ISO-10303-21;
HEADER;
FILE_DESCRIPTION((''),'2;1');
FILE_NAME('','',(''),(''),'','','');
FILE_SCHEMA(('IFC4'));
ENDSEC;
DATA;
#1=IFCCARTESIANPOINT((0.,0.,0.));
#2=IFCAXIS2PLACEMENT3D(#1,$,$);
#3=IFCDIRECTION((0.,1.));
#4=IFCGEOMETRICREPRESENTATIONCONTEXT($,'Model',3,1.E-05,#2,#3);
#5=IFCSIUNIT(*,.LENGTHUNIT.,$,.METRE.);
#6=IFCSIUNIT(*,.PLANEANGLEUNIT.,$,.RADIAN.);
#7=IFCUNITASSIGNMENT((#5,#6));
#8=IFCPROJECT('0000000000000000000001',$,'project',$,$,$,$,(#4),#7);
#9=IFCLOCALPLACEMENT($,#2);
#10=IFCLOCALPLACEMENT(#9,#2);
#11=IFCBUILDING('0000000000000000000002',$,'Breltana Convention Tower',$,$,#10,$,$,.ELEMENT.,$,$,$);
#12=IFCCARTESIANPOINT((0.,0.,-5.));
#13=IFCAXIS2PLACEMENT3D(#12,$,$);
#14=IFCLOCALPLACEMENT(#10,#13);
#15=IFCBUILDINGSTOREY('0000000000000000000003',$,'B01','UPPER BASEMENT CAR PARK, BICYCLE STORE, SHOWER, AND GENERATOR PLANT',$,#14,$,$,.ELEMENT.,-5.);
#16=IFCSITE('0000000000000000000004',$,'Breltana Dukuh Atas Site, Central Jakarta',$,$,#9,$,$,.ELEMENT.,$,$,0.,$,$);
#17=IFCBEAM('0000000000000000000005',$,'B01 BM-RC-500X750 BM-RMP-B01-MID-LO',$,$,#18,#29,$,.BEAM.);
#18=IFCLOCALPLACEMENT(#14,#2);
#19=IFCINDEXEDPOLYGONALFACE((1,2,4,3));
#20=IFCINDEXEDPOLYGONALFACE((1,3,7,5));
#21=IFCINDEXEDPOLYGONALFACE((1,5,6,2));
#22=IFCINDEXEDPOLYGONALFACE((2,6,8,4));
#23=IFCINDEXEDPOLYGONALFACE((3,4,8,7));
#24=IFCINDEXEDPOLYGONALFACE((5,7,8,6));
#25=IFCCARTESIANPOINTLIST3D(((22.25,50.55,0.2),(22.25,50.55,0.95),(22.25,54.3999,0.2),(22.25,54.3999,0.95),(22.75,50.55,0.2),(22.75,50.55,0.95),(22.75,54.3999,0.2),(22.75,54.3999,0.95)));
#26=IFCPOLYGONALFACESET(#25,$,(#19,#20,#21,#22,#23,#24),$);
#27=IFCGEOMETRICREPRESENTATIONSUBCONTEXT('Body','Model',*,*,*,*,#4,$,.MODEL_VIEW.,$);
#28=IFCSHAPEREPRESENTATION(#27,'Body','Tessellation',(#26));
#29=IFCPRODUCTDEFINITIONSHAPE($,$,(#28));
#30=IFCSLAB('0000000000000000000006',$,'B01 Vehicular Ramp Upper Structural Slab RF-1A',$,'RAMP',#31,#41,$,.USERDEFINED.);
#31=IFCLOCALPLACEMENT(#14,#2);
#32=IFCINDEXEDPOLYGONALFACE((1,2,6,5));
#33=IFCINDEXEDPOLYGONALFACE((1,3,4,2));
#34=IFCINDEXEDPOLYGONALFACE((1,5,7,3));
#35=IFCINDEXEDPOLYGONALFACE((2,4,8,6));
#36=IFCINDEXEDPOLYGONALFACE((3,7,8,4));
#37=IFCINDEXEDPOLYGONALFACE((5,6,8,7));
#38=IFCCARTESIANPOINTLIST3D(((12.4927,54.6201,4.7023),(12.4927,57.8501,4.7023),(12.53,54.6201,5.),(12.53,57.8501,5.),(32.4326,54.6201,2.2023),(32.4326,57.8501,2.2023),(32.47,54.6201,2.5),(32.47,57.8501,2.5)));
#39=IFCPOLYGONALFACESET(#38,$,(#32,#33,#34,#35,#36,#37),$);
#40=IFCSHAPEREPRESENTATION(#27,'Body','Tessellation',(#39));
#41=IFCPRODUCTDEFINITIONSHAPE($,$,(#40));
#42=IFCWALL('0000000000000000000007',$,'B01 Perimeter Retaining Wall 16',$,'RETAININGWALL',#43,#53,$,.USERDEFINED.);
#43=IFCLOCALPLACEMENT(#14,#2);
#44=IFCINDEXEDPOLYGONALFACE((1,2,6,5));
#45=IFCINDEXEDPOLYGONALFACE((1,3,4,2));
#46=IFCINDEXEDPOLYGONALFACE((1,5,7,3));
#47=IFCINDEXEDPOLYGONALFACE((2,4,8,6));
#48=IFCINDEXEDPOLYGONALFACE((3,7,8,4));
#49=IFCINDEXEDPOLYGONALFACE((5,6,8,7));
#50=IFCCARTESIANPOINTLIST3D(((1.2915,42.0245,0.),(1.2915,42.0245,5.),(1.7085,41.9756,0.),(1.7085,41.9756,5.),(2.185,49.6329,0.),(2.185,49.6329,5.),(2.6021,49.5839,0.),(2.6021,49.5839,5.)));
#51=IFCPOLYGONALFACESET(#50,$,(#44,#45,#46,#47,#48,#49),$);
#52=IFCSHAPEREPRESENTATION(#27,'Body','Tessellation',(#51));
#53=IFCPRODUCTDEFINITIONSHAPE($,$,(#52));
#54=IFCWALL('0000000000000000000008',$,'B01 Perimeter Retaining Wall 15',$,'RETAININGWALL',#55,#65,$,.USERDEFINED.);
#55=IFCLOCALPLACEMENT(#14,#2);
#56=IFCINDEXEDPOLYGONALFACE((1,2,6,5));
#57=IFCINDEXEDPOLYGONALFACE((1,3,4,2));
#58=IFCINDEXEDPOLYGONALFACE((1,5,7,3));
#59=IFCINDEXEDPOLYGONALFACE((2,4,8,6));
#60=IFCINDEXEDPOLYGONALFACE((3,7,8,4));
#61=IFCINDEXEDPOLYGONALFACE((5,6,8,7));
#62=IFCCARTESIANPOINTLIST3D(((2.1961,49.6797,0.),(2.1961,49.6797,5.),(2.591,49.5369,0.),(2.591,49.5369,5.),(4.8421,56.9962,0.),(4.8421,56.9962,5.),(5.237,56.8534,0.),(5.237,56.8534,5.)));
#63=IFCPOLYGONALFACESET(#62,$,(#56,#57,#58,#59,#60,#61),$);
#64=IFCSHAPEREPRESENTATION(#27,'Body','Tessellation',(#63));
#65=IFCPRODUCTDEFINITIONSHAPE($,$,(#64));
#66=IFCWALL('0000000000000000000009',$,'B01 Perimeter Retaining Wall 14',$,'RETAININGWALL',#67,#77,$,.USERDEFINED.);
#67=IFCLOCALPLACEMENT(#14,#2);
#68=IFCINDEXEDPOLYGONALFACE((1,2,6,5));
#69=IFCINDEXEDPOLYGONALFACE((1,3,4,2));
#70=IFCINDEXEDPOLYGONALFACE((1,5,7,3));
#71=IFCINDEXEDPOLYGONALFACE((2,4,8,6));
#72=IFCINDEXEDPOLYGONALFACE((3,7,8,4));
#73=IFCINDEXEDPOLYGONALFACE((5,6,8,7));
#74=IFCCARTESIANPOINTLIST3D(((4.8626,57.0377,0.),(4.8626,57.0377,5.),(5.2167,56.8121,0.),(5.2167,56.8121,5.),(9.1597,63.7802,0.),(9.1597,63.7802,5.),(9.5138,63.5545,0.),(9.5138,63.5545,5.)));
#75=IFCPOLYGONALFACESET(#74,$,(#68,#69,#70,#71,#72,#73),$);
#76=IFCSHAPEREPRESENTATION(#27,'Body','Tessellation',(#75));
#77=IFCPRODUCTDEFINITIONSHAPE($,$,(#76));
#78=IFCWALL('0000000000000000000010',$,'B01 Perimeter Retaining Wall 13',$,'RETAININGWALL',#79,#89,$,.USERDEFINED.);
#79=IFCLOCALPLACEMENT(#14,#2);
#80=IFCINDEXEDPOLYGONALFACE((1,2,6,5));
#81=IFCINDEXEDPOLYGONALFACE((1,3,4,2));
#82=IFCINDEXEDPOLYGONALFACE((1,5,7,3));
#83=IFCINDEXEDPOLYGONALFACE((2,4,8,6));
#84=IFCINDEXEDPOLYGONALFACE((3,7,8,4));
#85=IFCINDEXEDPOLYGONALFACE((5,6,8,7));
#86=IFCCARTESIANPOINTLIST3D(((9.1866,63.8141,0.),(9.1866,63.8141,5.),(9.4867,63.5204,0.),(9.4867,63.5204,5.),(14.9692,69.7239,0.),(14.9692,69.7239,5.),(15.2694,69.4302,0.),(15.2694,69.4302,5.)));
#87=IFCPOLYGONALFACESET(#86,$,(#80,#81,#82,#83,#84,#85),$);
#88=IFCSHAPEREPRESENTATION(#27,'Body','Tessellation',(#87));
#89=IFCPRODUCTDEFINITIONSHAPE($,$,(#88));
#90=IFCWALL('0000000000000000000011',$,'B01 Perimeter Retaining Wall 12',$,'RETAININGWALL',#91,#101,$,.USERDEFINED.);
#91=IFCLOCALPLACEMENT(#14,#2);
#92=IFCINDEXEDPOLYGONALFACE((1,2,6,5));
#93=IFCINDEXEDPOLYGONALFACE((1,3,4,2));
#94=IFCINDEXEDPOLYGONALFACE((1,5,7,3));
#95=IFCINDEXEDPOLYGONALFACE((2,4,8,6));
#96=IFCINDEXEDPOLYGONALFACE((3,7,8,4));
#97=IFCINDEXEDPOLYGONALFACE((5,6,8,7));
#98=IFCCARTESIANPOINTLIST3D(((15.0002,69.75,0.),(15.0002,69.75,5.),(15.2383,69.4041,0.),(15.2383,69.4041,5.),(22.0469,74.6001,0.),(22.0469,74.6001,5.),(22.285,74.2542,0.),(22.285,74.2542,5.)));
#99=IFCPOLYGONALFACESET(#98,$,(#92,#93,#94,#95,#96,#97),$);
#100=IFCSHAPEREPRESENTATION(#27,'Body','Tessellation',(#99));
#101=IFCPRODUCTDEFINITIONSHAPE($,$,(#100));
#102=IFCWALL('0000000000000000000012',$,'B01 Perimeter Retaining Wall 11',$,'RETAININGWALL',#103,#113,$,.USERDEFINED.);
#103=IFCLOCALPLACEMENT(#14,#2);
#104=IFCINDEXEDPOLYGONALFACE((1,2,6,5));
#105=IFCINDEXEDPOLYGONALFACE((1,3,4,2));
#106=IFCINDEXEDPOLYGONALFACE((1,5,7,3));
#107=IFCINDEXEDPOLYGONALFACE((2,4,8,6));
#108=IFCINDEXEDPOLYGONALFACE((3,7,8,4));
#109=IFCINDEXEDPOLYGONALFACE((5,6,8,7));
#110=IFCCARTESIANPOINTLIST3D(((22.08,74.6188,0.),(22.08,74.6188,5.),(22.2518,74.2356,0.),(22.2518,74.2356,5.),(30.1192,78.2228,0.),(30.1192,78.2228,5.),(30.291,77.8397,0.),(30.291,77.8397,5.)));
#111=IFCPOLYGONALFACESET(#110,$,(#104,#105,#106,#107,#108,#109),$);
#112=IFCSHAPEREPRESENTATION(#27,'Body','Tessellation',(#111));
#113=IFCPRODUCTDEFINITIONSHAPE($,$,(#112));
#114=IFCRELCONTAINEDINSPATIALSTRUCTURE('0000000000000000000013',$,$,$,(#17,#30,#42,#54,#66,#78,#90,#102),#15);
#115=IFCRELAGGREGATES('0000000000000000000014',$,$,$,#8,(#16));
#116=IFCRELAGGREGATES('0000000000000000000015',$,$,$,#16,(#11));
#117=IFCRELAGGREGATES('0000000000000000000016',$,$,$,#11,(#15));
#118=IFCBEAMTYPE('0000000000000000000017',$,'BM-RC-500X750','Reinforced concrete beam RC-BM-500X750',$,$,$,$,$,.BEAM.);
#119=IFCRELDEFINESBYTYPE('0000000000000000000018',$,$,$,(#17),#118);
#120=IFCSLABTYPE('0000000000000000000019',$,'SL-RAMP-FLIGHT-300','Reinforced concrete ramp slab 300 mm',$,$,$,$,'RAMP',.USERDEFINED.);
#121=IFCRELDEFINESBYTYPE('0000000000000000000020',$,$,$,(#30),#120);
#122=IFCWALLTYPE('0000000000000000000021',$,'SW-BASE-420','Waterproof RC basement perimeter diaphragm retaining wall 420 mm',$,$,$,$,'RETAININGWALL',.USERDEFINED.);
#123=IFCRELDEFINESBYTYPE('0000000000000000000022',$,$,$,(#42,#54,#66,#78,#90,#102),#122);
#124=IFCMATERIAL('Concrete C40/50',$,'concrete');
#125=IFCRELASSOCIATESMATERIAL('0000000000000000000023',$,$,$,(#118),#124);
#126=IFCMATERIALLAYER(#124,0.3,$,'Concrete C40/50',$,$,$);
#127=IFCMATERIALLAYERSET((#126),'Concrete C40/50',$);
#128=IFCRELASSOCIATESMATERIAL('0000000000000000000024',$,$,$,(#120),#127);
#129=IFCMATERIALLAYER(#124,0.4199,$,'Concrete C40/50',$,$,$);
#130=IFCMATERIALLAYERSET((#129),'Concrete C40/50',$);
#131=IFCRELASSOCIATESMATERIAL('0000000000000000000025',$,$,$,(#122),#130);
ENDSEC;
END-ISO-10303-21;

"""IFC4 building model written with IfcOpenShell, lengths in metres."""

from ifc_helpers import new_model, si_unit, direction, frame, frame_2d, origin, origin_2d, place, context, subcontext, project, spatial, polyline, rectangle, outline, extrude, source, transform, mapped, material, layer, layer_set, material_profile, profile_set, type_object, element, save


model = new_model("IFC4")

# Units and contexts
model_context = context("Model", 3, precision=1e-05, world=origin(), true_north=direction((0.0, 1.0)))
body_context = subcontext(model_context, "Body", "Model", "MODEL_VIEW")
ifc_project = project(units=[si_unit("LENGTHUNIT", "METRE"), si_unit("PLANEANGLEUNIT", "RADIAN")], contexts=[model_context])

# Site, building, storey
site_placement = place(None, origin())
site = spatial("IfcSite", under=ifc_project, at=site_placement, Name="Breltana Dukuh Atas Site, Central Jakarta", CompositionType="ELEMENT", RefElevation=0.0)
building_placement = place(site_placement, origin())
building = spatial("IfcBuilding", under=site, at=building_placement, Name="Breltana Convention Tower", CompositionType="ELEMENT")
storey_placement = place(building_placement, frame((0.0, 0.0, -5.0)))
storey = spatial("IfcBuildingStorey", under=building, at=storey_placement, Name="B01", Description="UPPER BASEMENT CAR PARK, BICYCLE STORE, SHOWER, AND GENERATOR PLANT", CompositionType="ELEMENT", Elevation=-5.0)

# Beam
ifc_material_1 = material(Name="Concrete C40/50", Category="concrete")
ifc_material_profile_1 = material_profile(ifc_material_1, rectangle(XDim=0.5, YDim=0.75, at=origin_2d()), Name="RC-BM-500X750")
ifc_profile_set_1 = profile_set([ifc_material_profile_1], Name="Concrete C40/50")
beam_type_1 = type_object("IfcBeamType", Name="BM-RC-500X750", Description="Reinforced concrete beam RC-BM-500X750", PredefinedType="BEAM", material=ifc_profile_set_1)
shared_shape_1 = source(origin(), body_context, "Body", "SweptSolid", [
    extrude(rectangle(XDim=0.5, YDim=0.75, at=origin_2d()), origin(), (0.0, 0.0, 1.0), 3.8499),
])
beam_1_placement = place(storey_placement, frame((22.5, 50.55, 0.575), z_axis=(0.0, 1.0, 0.0), x_axis=(-1.0, 0.0, 0.0)))
element("IfcBeam", 1, at=beam_1_placement, inside=storey, type_object=beam_type_1, Name="B01 BM-RC-500X750 BM-RMP-B01-MID-LO", PredefinedType="BEAM", context=body_context, shape_type="MappedRepresentation", body=[
    mapped(shared_shape_1, transform((0.0, 0.0, 0.0), scale=1.0)),
])

# Slab
ifc_layer_1 = layer(ifc_material_1, 0.3, Name="Concrete C40/50")
ifc_layer_set_1 = layer_set([ifc_layer_1], Name="Concrete C40/50")
slab_type = type_object("IfcSlabType", Name="SL-RAMP-FLIGHT-300", Description="Reinforced concrete ramp slab 300 mm", ElementType="RAMP", PredefinedType="USERDEFINED", material=ifc_layer_set_1)
slab_placement = place(storey_placement, frame((12.53, 54.6201, 5.0), z_axis=(0.124403, 0.0, 0.992232), x_axis=(0.992232, 0.0, -0.124403)))
element("IfcSlab", 2, at=slab_placement, inside=storey, type_object=slab_type, Name="B01 Vehicular Ramp Upper Structural Slab RF-1A", ObjectType="RAMP", PredefinedType="USERDEFINED", context=body_context, shape_type="SweptSolid", body=[
    extrude(outline(polyline([(0.0, 0.0), (20.0961, 0.0), (20.0961, 3.23), (0.0, 3.23), (0.0, 0.0)])), origin(), (0.0, 0.0, -1.0), 0.3),
])

# Walls
ifc_layer_2 = layer(ifc_material_1, 0.4199, Name="Concrete C40/50")
ifc_layer_set_2 = layer_set([ifc_layer_2], Name="Concrete C40/50")
wall_type = type_object("IfcWallType", Name="SW-BASE-420", Description="Waterproof RC basement perimeter diaphragm retaining wall 420 mm", ElementType="RETAININGWALL", PredefinedType="USERDEFINED", material=ifc_layer_set_2)
shared_shape_2 = source(origin(), body_context, "Body", "SweptSolid", [
    extrude(rectangle(XDim=7.6606, YDim=0.4199, at=frame_2d((3.8303, 0.0))), origin(), (0.0, 0.0, 1.0), 5.0),
])
wall_1_placement = place(storey_placement, frame((2.3936, 49.6084, 0.0), z_axis=(0.0, 0.0, 1.0), x_axis=(-0.116642, -0.993174, 0.0)))
element("IfcWall", 3, at=wall_1_placement, inside=storey, type_object=wall_type, Name="B01 Perimeter Retaining Wall 16", ObjectType="RETAININGWALL", PredefinedType="USERDEFINED", context=body_context, shape_type="MappedRepresentation", body=[
    mapped(shared_shape_2, transform((0.0, 0.0, 0.0), scale=1.0)),
])
shared_shape_3 = source(origin(), body_context, "Body", "SweptSolid", [
    extrude(rectangle(XDim=7.7803, YDim=0.4199, at=frame_2d((3.8901, 0.0))), origin(), (0.0, 0.0, 1.0), 5.0),
])
wall_2_placement = place(storey_placement, frame((5.0396, 56.9248, 0.0), z_axis=(0.0, 0.0, 1.0), x_axis=(-0.340095, -0.940391, 0.0)))
element("IfcWall", 4, at=wall_2_placement, inside=storey, type_object=wall_type, Name="B01 Perimeter Retaining Wall 15", ObjectType="RETAININGWALL", PredefinedType="USERDEFINED", context=body_context, shape_type="MappedRepresentation", body=[
    mapped(shared_shape_3, transform((0.0, 0.0, 0.0), scale=1.0)),
])
shared_shape_4 = source(origin(), body_context, "Body", "SweptSolid", [
    extrude(rectangle(XDim=7.9954, YDim=0.4199, at=frame_2d((3.9976, 0.0))), origin(), (0.0, 0.0, 1.0), 5.0),
])
wall_3_placement = place(storey_placement, frame((9.3367, 63.6672, 0.0), z_axis=(0.0, 0.0, 1.0), x_axis=(-0.537452, -0.843294, 0.0)))
element("IfcWall", 5, at=wall_3_placement, inside=storey, type_object=wall_type, Name="B01 Perimeter Retaining Wall 14", ObjectType="RETAININGWALL", PredefinedType="USERDEFINED", context=body_context, shape_type="MappedRepresentation", body=[
    mapped(shared_shape_4, transform((0.0, 0.0, 0.0), scale=1.0)),
])
shared_shape_5 = source(origin(), body_context, "Body", "SweptSolid", [
    extrude(rectangle(XDim=8.2683, YDim=0.4199, at=frame_2d((4.1343, 0.0))), origin(), (0.0, 0.0, 1.0), 5.0),
])
wall_4_placement = place(storey_placement, frame((15.1194, 69.5771, 0.0), z_axis=(0.0, 0.0, 1.0), x_axis=(-0.699373, -0.714757, 0.0)))
element("IfcWall", 6, at=wall_4_placement, inside=storey, type_object=wall_type, Name="B01 Perimeter Retaining Wall 13", ObjectType="RETAININGWALL", PredefinedType="USERDEFINED", context=body_context, shape_type="MappedRepresentation", body=[
    mapped(shared_shape_5, transform((0.0, 0.0, 0.0), scale=1.0)),
])
shared_shape_6 = source(origin(), body_context, "Body", "SweptSolid", [
    extrude(rectangle(XDim=8.5544, YDim=0.4199, at=frame_2d((4.2773, 0.0))), origin(), (0.0, 0.0, 1.0), 5.0),
])
wall_5_placement = place(storey_placement, frame((22.166, 74.4272, 0.0), z_axis=(0.0, 0.0, 1.0), x_axis=(-0.82374, -0.566968, 0.0)))
element("IfcWall", 7, at=wall_5_placement, inside=storey, type_object=wall_type, Name="B01 Perimeter Retaining Wall 12", ObjectType="RETAININGWALL", PredefinedType="USERDEFINED", context=body_context, shape_type="MappedRepresentation", body=[
    mapped(shared_shape_6, transform((0.0, 0.0, 0.0), scale=1.0)),
])
shared_shape_7 = source(origin(), body_context, "Body", "SweptSolid", [
    extrude(rectangle(XDim=8.8101, YDim=0.4199, at=frame_2d((4.405, 0.0))), origin(), (0.0, 0.0, 1.0), 5.0),
])
wall_6_placement = place(storey_placement, frame((30.2051, 78.0312, 0.0), z_axis=(0.0, 0.0, 1.0), x_axis=(-0.912497, -0.409083, 0.0)))
element("IfcWall", 8, at=wall_6_placement, inside=storey, type_object=wall_type, Name="B01 Perimeter Retaining Wall 11", ObjectType="RETAININGWALL", PredefinedType="USERDEFINED", context=body_context, shape_type="MappedRepresentation", body=[
    mapped(shared_shape_7, transform((0.0, 0.0, 0.0), scale=1.0)),
])

save(model, "model.ifc")
